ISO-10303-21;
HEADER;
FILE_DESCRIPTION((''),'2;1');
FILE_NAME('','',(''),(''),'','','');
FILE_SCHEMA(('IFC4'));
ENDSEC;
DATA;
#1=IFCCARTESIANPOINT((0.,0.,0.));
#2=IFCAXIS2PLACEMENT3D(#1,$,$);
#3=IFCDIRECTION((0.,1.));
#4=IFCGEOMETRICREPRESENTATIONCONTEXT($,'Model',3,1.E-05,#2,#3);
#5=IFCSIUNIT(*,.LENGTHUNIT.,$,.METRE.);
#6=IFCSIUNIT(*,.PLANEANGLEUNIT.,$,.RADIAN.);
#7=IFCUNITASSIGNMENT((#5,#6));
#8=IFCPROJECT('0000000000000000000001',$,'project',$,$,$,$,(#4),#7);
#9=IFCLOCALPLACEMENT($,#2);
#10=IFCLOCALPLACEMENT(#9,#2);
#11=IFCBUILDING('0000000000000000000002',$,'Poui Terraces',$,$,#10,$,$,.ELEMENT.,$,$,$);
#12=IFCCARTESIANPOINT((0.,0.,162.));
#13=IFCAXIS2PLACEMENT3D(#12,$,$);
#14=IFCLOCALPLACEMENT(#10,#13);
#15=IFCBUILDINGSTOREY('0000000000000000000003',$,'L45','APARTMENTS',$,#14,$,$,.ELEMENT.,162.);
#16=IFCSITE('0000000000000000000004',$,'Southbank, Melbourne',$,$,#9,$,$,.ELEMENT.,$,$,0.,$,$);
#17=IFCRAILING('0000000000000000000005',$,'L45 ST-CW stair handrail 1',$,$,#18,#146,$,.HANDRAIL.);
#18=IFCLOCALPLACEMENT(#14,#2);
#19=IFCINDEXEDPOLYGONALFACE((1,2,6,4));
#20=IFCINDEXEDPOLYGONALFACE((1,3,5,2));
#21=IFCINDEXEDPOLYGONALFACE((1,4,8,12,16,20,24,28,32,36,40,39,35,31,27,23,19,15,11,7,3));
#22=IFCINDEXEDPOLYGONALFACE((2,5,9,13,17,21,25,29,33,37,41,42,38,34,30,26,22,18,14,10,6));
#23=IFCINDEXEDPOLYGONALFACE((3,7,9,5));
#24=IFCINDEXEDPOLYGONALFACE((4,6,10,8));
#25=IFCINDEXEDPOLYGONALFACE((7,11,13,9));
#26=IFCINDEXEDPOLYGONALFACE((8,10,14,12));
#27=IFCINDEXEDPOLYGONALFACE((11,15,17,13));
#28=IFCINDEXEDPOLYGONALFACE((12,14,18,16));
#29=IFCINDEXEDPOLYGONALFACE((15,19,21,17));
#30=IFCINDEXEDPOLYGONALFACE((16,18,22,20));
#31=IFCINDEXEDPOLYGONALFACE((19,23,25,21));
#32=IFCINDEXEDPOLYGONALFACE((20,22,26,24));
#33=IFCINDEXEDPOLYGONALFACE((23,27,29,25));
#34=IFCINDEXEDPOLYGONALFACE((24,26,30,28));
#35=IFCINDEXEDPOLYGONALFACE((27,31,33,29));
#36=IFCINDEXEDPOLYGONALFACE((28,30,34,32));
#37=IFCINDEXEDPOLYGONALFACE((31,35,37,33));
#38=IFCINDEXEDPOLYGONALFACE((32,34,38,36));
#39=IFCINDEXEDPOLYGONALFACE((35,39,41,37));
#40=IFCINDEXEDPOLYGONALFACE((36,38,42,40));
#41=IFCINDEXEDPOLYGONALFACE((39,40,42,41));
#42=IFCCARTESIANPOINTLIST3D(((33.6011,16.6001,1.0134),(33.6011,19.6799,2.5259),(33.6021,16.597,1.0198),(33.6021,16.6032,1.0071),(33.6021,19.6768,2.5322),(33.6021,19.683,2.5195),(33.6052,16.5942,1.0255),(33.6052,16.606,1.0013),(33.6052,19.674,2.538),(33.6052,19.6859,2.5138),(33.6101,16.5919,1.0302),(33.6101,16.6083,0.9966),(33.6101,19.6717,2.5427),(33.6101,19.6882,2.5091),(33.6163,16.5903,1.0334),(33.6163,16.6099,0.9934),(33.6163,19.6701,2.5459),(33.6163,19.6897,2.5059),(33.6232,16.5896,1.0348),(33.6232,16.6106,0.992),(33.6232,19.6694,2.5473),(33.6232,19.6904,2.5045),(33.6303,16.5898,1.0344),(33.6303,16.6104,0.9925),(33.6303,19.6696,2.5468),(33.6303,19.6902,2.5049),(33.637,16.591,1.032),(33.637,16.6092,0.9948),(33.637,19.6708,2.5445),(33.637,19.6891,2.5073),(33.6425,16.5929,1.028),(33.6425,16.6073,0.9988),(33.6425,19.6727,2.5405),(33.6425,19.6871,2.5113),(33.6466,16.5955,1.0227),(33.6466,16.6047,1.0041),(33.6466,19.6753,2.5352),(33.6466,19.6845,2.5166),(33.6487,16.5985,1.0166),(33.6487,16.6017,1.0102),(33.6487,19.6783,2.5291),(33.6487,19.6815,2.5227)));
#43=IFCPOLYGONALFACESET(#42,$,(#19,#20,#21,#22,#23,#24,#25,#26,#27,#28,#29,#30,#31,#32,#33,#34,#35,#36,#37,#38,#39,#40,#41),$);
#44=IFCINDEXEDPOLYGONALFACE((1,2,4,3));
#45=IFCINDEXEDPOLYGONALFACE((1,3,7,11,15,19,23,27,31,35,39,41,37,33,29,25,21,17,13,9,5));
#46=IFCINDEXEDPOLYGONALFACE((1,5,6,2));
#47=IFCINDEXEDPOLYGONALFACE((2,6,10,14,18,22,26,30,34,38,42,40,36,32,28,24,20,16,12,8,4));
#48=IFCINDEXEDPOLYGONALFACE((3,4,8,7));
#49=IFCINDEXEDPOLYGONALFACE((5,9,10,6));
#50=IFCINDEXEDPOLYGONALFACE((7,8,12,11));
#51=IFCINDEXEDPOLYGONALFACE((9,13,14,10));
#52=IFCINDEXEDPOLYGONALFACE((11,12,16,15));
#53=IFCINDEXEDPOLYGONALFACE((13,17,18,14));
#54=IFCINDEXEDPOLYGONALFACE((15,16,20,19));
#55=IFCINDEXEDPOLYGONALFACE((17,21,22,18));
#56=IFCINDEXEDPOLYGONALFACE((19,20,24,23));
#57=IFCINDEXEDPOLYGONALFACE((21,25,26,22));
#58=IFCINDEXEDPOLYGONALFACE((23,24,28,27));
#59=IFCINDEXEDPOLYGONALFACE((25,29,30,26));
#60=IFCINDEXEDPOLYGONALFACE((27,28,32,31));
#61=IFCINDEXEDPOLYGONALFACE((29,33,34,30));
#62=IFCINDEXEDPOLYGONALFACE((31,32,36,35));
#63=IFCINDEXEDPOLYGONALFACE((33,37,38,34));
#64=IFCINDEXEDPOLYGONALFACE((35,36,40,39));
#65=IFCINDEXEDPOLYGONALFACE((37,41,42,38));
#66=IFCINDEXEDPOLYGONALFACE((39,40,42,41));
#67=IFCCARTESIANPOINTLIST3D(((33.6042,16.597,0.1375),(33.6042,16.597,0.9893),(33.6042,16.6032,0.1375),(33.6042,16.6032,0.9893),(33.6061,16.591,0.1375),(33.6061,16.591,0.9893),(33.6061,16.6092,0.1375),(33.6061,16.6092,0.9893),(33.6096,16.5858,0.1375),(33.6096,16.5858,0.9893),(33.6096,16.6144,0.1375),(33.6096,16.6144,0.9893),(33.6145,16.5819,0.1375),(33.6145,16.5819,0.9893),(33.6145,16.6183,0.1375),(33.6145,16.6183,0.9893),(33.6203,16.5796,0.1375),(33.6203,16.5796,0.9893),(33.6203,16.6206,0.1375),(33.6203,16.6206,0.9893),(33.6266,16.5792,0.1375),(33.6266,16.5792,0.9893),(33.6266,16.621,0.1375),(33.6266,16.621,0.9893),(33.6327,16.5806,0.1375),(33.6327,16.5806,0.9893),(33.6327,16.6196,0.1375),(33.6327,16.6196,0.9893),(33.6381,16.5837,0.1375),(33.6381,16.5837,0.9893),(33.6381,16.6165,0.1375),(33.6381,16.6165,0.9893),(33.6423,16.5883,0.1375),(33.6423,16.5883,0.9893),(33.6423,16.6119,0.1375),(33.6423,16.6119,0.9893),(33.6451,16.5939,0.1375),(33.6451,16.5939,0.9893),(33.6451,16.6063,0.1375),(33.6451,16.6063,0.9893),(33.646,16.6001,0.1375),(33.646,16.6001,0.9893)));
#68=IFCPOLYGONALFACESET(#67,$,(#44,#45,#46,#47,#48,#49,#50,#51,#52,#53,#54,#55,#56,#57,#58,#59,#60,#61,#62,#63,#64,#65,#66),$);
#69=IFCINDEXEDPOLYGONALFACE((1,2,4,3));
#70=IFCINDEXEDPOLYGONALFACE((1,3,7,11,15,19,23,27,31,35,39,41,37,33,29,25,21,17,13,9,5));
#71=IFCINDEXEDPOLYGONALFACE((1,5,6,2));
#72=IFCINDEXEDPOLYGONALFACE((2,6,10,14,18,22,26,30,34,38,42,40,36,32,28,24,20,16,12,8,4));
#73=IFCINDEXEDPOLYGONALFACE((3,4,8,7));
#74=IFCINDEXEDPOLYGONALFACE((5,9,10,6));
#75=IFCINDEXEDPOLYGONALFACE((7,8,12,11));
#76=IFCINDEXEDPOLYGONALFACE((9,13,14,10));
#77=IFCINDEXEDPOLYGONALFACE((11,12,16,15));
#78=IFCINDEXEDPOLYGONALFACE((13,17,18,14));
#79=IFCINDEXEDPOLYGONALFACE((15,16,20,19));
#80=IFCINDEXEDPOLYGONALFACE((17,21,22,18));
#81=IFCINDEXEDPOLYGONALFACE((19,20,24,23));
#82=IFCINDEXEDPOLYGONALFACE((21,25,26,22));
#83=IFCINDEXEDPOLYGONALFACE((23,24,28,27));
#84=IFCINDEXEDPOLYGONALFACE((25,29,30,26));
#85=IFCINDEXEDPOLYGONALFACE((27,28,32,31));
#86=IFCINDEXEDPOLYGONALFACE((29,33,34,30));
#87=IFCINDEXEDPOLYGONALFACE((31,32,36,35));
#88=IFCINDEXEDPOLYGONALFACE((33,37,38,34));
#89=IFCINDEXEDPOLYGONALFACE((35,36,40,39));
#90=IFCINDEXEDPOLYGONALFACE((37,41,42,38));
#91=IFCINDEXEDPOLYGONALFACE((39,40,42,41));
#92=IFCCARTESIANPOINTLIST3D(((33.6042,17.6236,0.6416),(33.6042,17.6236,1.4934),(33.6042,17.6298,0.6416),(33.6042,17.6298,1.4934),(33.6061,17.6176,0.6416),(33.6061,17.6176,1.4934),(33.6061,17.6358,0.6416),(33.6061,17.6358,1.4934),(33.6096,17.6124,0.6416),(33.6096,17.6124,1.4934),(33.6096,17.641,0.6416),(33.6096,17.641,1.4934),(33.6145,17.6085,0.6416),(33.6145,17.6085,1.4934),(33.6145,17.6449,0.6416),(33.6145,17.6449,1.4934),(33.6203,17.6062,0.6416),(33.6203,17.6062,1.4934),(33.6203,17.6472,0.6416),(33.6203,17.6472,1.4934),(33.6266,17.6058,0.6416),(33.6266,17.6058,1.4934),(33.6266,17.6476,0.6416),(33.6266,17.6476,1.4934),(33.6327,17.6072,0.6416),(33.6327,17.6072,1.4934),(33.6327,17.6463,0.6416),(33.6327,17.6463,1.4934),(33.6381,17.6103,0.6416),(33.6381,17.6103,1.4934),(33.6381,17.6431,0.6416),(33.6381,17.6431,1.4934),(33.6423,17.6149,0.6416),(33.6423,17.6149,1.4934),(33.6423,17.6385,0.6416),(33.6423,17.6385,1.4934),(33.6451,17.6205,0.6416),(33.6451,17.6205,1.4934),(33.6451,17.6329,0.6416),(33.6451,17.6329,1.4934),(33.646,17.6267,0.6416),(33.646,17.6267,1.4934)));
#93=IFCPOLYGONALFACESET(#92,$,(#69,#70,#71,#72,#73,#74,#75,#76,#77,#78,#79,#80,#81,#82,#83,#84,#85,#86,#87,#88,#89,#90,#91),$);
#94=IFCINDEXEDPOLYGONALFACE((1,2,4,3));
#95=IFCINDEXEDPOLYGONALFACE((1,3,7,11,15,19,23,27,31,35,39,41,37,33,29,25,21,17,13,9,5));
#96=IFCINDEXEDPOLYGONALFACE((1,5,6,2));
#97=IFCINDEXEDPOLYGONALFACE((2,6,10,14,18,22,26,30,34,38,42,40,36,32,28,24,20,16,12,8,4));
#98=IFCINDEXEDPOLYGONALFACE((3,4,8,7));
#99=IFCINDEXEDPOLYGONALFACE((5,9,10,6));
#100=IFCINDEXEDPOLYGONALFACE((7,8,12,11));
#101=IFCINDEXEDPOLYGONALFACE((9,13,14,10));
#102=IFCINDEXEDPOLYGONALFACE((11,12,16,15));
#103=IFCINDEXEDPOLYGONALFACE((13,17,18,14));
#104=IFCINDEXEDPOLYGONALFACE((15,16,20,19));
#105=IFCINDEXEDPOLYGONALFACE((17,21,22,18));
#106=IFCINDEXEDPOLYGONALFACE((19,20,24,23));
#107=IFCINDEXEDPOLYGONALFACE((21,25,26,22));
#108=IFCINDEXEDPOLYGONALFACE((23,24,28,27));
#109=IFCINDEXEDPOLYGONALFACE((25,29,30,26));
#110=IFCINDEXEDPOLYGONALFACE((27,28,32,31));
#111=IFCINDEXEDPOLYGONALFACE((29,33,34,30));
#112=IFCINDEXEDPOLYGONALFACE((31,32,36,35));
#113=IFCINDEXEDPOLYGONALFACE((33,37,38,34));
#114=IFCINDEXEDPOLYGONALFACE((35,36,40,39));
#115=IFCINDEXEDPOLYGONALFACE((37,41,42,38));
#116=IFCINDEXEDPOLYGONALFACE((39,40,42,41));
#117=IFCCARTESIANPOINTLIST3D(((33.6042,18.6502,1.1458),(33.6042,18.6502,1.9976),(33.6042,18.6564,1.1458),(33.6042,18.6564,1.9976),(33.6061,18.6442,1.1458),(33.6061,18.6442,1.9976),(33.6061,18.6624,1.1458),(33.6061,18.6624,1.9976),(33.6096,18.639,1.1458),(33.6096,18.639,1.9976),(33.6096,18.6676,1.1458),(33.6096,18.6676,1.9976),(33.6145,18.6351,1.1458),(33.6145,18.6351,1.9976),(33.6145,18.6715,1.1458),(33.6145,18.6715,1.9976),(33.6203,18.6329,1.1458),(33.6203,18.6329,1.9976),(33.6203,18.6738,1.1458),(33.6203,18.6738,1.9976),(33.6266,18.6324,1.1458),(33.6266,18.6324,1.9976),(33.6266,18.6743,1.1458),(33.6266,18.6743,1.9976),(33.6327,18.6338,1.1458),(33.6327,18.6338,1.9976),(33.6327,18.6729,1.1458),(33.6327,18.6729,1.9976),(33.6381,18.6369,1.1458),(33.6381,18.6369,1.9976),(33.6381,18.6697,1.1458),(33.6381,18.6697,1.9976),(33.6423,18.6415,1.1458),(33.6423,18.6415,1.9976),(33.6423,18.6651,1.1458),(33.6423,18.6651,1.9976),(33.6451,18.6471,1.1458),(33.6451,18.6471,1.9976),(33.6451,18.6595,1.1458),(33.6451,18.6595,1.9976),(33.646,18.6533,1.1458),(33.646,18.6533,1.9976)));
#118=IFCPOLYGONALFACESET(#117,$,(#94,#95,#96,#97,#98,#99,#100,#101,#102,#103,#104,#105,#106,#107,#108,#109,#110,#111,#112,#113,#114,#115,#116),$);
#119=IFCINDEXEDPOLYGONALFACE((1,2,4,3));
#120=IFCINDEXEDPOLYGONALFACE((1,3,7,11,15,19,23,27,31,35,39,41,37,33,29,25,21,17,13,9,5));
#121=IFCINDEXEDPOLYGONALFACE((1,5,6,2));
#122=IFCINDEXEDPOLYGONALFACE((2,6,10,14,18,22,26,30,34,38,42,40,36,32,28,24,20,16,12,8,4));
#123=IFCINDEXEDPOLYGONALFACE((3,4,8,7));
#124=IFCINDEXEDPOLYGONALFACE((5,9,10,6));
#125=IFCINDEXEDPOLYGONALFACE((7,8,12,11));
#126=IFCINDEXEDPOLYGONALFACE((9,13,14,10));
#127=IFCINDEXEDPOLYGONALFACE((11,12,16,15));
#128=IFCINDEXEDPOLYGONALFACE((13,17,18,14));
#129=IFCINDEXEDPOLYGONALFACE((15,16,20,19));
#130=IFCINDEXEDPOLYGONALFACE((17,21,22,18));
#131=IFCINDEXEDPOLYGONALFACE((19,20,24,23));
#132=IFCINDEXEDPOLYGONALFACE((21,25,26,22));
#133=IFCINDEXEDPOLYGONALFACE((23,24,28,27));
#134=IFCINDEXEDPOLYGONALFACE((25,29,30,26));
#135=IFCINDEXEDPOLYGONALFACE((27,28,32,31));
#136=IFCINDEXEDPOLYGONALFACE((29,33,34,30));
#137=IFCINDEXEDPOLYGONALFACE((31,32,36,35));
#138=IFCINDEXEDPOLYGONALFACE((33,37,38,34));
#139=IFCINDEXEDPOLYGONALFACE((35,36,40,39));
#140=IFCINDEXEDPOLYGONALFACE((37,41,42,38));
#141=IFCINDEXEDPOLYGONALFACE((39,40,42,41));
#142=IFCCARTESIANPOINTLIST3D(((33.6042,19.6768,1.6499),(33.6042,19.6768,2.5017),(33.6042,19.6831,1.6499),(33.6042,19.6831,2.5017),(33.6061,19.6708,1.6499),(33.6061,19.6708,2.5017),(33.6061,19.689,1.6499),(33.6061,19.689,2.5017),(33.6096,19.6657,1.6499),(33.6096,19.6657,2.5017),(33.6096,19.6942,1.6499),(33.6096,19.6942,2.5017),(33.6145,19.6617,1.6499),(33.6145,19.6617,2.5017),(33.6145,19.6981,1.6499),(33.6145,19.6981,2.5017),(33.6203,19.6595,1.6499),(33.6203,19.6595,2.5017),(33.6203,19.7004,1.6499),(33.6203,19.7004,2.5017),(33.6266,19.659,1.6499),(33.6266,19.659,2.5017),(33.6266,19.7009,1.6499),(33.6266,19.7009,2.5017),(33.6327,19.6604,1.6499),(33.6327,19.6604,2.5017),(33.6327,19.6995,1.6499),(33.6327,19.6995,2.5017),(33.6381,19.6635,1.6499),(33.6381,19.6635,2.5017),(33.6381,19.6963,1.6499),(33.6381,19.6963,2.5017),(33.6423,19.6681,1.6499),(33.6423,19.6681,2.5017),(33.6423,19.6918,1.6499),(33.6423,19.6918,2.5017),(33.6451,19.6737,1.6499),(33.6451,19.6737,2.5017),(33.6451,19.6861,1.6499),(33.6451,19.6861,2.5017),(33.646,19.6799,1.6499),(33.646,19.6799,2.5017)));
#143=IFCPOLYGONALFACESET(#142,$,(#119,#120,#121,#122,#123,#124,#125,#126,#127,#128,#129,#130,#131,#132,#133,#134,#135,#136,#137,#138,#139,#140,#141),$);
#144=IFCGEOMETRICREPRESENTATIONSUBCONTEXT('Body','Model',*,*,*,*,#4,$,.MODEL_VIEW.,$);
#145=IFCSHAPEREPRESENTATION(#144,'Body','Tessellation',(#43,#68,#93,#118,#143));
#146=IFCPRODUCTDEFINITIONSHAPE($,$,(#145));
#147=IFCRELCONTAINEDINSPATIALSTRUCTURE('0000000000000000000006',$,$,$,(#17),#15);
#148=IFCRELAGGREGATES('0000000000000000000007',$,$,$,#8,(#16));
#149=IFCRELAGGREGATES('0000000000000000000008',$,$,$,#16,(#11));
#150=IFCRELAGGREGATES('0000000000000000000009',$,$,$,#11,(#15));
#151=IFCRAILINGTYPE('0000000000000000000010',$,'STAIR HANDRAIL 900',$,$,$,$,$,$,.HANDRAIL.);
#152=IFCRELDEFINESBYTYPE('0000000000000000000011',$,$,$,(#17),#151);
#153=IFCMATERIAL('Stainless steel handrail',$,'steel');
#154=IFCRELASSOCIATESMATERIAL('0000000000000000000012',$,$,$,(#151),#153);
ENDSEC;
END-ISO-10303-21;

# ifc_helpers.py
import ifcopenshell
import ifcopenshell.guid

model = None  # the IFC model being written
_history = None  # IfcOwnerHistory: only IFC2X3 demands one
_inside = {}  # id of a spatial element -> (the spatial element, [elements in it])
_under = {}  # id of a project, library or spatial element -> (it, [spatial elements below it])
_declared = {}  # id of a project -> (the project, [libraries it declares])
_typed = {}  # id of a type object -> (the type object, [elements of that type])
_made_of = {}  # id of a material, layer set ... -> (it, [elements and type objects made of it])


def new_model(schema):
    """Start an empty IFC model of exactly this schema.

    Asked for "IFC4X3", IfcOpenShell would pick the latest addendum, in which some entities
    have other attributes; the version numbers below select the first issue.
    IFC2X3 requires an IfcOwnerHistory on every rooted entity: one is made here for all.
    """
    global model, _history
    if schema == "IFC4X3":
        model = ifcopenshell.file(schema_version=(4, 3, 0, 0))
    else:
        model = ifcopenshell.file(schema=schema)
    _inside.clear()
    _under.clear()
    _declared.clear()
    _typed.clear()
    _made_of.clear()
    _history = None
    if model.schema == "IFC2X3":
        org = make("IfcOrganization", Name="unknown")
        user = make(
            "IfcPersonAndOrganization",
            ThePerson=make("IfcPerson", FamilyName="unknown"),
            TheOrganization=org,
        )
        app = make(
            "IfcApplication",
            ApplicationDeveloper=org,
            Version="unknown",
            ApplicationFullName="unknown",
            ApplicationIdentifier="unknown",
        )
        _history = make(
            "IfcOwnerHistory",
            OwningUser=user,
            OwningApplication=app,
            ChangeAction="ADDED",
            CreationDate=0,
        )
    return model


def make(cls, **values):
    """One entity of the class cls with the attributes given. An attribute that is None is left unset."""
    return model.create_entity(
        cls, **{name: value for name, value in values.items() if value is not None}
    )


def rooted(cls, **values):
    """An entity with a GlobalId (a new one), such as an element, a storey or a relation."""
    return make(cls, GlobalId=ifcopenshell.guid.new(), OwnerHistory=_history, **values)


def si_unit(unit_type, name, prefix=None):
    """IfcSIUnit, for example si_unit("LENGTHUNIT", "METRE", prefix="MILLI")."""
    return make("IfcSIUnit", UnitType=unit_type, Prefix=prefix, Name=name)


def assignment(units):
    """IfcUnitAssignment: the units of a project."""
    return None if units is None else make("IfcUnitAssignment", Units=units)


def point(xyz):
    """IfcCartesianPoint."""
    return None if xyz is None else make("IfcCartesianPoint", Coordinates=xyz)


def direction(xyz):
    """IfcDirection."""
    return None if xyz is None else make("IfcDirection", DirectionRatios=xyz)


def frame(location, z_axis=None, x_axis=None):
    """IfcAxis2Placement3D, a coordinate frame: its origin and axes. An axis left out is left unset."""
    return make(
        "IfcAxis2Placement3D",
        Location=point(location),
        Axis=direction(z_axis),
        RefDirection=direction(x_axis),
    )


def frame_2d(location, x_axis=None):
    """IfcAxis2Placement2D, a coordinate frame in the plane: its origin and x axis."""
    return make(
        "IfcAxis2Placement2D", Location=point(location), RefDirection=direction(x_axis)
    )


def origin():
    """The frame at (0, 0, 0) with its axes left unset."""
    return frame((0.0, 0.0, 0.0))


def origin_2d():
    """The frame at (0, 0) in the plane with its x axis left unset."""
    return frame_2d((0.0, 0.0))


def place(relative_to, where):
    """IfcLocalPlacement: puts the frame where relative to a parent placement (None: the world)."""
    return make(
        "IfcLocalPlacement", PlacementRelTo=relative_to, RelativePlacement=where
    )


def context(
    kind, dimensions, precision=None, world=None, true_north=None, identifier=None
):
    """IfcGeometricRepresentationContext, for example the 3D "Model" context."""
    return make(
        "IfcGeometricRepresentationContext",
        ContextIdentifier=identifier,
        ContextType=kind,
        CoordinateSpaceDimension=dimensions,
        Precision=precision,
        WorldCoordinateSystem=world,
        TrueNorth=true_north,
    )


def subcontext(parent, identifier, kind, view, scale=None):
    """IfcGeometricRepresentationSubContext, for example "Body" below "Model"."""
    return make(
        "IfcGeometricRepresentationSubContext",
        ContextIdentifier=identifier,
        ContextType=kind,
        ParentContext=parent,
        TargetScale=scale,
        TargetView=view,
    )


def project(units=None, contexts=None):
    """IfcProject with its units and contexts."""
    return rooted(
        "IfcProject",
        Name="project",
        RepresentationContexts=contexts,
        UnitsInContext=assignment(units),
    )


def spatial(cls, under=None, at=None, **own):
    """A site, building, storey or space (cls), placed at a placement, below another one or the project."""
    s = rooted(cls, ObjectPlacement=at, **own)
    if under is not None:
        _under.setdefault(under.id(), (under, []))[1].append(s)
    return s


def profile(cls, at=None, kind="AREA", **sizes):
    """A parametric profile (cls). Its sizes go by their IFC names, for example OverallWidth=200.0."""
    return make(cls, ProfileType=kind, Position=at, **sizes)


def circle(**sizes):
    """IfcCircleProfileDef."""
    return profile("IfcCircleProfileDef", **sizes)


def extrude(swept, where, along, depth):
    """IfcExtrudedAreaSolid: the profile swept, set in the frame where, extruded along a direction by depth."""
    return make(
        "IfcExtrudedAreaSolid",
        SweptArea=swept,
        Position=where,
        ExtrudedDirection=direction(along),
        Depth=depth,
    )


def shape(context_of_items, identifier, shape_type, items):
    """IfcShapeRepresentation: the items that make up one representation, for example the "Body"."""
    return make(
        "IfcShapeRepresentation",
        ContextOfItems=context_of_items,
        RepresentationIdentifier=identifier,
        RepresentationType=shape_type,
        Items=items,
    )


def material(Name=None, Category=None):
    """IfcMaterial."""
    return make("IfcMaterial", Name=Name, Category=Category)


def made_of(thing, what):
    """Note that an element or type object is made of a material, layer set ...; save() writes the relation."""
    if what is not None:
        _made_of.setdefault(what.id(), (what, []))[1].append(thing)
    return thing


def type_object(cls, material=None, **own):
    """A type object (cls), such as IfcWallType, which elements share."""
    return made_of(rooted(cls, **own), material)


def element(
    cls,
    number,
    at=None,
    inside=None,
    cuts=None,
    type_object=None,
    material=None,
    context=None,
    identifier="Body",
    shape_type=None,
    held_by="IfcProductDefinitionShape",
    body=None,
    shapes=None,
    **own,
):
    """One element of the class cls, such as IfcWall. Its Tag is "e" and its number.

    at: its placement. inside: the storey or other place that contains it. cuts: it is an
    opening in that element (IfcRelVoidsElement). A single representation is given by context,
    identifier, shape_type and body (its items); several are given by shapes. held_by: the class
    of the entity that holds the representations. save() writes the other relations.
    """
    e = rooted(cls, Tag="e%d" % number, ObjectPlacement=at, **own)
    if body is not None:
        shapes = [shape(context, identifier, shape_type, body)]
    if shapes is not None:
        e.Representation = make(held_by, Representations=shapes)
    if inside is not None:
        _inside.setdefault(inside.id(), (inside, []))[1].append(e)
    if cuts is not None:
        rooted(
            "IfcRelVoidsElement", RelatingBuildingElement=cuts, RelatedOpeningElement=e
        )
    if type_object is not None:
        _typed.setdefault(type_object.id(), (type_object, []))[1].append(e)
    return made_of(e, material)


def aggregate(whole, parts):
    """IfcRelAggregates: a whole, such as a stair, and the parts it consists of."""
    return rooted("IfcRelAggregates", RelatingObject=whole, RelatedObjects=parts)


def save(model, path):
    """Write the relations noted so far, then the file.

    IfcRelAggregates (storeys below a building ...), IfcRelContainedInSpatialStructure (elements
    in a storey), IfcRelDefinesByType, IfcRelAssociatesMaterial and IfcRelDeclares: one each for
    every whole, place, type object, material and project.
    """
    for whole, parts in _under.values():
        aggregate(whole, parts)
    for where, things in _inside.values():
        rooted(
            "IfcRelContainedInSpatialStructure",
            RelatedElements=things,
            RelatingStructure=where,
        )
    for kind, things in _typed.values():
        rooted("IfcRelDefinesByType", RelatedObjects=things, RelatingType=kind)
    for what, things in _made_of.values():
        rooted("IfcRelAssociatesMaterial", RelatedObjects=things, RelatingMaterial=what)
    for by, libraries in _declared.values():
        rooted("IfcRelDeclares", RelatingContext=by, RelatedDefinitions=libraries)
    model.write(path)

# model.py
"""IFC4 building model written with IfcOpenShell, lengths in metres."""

from ifc_helpers import new_model, si_unit, direction, frame, origin, origin_2d, place, context, subcontext, project, spatial, circle, extrude, material, type_object, element, save


model = new_model("IFC4")

# Units and contexts
model_context = context("Model", 3, precision=1e-05, world=origin(), true_north=direction((0.0, 1.0)))
body_context = subcontext(model_context, "Body", "Model", "MODEL_VIEW")
ifc_project = project(units=[si_unit("LENGTHUNIT", "METRE"), si_unit("PLANEANGLEUNIT", "RADIAN")], contexts=[model_context])

# Site, building, storey
site_placement = place(None, origin())
site = spatial("IfcSite", under=ifc_project, at=site_placement, Name="Southbank, Melbourne", CompositionType="ELEMENT", RefElevation=0.0)
building_placement = place(site_placement, origin())
building = spatial("IfcBuilding", under=site, at=building_placement, Name="Poui Terraces", CompositionType="ELEMENT")
storey_placement = place(building_placement, frame((0.0, 0.0, 162.0)))
storey = spatial("IfcBuildingStorey", under=building, at=storey_placement, Name="L45", Description="APARTMENTS", CompositionType="ELEMENT", Elevation=162.0)

# Railing
ifc_material_1 = material(Name="Stainless steel handrail", Category="steel")
railing_type_1 = type_object("IfcRailingType", Name="STAIR HANDRAIL 900", PredefinedType="HANDRAIL", material=ifc_material_1)
railing_1_placement = place(storey_placement, frame((33.625, 16.6001, 0.1375)))
element("IfcRailing", 1, at=railing_1_placement, inside=storey, type_object=railing_type_1, Name="L45 ST-CW stair handrail 1", PredefinedType="HANDRAIL", context=body_context, shape_type="SweptSolid", body=[
    extrude(circle(Radius=0.0239, at=origin_2d()), frame((0.0, 0.0, 0.876), z_axis=(0.0, 0.897606, 0.440798), x_axis=(-1.0, 0.0, 0.0)), (0.0, 0.0, 1.0), 3.4312),
    extrude(circle(Radius=0.021, at=origin_2d()), origin(), (0.0, 0.0, 1.0), 0.8518),
    extrude(circle(Radius=0.021, at=origin_2d()), frame((0.0, 1.0266, 0.5042)), (0.0, 0.0, 1.0), 0.8518),
    extrude(circle(Radius=0.021, at=origin_2d()), frame((0.0, 2.0532, 1.0083)), (0.0, 0.0, 1.0), 0.8518),
    extrude(circle(Radius=0.021, at=origin_2d()), frame((0.0, 3.0798, 1.5125)), (0.0, 0.0, 1.0), 0.8518),
])

save(model, "model.ifc")
